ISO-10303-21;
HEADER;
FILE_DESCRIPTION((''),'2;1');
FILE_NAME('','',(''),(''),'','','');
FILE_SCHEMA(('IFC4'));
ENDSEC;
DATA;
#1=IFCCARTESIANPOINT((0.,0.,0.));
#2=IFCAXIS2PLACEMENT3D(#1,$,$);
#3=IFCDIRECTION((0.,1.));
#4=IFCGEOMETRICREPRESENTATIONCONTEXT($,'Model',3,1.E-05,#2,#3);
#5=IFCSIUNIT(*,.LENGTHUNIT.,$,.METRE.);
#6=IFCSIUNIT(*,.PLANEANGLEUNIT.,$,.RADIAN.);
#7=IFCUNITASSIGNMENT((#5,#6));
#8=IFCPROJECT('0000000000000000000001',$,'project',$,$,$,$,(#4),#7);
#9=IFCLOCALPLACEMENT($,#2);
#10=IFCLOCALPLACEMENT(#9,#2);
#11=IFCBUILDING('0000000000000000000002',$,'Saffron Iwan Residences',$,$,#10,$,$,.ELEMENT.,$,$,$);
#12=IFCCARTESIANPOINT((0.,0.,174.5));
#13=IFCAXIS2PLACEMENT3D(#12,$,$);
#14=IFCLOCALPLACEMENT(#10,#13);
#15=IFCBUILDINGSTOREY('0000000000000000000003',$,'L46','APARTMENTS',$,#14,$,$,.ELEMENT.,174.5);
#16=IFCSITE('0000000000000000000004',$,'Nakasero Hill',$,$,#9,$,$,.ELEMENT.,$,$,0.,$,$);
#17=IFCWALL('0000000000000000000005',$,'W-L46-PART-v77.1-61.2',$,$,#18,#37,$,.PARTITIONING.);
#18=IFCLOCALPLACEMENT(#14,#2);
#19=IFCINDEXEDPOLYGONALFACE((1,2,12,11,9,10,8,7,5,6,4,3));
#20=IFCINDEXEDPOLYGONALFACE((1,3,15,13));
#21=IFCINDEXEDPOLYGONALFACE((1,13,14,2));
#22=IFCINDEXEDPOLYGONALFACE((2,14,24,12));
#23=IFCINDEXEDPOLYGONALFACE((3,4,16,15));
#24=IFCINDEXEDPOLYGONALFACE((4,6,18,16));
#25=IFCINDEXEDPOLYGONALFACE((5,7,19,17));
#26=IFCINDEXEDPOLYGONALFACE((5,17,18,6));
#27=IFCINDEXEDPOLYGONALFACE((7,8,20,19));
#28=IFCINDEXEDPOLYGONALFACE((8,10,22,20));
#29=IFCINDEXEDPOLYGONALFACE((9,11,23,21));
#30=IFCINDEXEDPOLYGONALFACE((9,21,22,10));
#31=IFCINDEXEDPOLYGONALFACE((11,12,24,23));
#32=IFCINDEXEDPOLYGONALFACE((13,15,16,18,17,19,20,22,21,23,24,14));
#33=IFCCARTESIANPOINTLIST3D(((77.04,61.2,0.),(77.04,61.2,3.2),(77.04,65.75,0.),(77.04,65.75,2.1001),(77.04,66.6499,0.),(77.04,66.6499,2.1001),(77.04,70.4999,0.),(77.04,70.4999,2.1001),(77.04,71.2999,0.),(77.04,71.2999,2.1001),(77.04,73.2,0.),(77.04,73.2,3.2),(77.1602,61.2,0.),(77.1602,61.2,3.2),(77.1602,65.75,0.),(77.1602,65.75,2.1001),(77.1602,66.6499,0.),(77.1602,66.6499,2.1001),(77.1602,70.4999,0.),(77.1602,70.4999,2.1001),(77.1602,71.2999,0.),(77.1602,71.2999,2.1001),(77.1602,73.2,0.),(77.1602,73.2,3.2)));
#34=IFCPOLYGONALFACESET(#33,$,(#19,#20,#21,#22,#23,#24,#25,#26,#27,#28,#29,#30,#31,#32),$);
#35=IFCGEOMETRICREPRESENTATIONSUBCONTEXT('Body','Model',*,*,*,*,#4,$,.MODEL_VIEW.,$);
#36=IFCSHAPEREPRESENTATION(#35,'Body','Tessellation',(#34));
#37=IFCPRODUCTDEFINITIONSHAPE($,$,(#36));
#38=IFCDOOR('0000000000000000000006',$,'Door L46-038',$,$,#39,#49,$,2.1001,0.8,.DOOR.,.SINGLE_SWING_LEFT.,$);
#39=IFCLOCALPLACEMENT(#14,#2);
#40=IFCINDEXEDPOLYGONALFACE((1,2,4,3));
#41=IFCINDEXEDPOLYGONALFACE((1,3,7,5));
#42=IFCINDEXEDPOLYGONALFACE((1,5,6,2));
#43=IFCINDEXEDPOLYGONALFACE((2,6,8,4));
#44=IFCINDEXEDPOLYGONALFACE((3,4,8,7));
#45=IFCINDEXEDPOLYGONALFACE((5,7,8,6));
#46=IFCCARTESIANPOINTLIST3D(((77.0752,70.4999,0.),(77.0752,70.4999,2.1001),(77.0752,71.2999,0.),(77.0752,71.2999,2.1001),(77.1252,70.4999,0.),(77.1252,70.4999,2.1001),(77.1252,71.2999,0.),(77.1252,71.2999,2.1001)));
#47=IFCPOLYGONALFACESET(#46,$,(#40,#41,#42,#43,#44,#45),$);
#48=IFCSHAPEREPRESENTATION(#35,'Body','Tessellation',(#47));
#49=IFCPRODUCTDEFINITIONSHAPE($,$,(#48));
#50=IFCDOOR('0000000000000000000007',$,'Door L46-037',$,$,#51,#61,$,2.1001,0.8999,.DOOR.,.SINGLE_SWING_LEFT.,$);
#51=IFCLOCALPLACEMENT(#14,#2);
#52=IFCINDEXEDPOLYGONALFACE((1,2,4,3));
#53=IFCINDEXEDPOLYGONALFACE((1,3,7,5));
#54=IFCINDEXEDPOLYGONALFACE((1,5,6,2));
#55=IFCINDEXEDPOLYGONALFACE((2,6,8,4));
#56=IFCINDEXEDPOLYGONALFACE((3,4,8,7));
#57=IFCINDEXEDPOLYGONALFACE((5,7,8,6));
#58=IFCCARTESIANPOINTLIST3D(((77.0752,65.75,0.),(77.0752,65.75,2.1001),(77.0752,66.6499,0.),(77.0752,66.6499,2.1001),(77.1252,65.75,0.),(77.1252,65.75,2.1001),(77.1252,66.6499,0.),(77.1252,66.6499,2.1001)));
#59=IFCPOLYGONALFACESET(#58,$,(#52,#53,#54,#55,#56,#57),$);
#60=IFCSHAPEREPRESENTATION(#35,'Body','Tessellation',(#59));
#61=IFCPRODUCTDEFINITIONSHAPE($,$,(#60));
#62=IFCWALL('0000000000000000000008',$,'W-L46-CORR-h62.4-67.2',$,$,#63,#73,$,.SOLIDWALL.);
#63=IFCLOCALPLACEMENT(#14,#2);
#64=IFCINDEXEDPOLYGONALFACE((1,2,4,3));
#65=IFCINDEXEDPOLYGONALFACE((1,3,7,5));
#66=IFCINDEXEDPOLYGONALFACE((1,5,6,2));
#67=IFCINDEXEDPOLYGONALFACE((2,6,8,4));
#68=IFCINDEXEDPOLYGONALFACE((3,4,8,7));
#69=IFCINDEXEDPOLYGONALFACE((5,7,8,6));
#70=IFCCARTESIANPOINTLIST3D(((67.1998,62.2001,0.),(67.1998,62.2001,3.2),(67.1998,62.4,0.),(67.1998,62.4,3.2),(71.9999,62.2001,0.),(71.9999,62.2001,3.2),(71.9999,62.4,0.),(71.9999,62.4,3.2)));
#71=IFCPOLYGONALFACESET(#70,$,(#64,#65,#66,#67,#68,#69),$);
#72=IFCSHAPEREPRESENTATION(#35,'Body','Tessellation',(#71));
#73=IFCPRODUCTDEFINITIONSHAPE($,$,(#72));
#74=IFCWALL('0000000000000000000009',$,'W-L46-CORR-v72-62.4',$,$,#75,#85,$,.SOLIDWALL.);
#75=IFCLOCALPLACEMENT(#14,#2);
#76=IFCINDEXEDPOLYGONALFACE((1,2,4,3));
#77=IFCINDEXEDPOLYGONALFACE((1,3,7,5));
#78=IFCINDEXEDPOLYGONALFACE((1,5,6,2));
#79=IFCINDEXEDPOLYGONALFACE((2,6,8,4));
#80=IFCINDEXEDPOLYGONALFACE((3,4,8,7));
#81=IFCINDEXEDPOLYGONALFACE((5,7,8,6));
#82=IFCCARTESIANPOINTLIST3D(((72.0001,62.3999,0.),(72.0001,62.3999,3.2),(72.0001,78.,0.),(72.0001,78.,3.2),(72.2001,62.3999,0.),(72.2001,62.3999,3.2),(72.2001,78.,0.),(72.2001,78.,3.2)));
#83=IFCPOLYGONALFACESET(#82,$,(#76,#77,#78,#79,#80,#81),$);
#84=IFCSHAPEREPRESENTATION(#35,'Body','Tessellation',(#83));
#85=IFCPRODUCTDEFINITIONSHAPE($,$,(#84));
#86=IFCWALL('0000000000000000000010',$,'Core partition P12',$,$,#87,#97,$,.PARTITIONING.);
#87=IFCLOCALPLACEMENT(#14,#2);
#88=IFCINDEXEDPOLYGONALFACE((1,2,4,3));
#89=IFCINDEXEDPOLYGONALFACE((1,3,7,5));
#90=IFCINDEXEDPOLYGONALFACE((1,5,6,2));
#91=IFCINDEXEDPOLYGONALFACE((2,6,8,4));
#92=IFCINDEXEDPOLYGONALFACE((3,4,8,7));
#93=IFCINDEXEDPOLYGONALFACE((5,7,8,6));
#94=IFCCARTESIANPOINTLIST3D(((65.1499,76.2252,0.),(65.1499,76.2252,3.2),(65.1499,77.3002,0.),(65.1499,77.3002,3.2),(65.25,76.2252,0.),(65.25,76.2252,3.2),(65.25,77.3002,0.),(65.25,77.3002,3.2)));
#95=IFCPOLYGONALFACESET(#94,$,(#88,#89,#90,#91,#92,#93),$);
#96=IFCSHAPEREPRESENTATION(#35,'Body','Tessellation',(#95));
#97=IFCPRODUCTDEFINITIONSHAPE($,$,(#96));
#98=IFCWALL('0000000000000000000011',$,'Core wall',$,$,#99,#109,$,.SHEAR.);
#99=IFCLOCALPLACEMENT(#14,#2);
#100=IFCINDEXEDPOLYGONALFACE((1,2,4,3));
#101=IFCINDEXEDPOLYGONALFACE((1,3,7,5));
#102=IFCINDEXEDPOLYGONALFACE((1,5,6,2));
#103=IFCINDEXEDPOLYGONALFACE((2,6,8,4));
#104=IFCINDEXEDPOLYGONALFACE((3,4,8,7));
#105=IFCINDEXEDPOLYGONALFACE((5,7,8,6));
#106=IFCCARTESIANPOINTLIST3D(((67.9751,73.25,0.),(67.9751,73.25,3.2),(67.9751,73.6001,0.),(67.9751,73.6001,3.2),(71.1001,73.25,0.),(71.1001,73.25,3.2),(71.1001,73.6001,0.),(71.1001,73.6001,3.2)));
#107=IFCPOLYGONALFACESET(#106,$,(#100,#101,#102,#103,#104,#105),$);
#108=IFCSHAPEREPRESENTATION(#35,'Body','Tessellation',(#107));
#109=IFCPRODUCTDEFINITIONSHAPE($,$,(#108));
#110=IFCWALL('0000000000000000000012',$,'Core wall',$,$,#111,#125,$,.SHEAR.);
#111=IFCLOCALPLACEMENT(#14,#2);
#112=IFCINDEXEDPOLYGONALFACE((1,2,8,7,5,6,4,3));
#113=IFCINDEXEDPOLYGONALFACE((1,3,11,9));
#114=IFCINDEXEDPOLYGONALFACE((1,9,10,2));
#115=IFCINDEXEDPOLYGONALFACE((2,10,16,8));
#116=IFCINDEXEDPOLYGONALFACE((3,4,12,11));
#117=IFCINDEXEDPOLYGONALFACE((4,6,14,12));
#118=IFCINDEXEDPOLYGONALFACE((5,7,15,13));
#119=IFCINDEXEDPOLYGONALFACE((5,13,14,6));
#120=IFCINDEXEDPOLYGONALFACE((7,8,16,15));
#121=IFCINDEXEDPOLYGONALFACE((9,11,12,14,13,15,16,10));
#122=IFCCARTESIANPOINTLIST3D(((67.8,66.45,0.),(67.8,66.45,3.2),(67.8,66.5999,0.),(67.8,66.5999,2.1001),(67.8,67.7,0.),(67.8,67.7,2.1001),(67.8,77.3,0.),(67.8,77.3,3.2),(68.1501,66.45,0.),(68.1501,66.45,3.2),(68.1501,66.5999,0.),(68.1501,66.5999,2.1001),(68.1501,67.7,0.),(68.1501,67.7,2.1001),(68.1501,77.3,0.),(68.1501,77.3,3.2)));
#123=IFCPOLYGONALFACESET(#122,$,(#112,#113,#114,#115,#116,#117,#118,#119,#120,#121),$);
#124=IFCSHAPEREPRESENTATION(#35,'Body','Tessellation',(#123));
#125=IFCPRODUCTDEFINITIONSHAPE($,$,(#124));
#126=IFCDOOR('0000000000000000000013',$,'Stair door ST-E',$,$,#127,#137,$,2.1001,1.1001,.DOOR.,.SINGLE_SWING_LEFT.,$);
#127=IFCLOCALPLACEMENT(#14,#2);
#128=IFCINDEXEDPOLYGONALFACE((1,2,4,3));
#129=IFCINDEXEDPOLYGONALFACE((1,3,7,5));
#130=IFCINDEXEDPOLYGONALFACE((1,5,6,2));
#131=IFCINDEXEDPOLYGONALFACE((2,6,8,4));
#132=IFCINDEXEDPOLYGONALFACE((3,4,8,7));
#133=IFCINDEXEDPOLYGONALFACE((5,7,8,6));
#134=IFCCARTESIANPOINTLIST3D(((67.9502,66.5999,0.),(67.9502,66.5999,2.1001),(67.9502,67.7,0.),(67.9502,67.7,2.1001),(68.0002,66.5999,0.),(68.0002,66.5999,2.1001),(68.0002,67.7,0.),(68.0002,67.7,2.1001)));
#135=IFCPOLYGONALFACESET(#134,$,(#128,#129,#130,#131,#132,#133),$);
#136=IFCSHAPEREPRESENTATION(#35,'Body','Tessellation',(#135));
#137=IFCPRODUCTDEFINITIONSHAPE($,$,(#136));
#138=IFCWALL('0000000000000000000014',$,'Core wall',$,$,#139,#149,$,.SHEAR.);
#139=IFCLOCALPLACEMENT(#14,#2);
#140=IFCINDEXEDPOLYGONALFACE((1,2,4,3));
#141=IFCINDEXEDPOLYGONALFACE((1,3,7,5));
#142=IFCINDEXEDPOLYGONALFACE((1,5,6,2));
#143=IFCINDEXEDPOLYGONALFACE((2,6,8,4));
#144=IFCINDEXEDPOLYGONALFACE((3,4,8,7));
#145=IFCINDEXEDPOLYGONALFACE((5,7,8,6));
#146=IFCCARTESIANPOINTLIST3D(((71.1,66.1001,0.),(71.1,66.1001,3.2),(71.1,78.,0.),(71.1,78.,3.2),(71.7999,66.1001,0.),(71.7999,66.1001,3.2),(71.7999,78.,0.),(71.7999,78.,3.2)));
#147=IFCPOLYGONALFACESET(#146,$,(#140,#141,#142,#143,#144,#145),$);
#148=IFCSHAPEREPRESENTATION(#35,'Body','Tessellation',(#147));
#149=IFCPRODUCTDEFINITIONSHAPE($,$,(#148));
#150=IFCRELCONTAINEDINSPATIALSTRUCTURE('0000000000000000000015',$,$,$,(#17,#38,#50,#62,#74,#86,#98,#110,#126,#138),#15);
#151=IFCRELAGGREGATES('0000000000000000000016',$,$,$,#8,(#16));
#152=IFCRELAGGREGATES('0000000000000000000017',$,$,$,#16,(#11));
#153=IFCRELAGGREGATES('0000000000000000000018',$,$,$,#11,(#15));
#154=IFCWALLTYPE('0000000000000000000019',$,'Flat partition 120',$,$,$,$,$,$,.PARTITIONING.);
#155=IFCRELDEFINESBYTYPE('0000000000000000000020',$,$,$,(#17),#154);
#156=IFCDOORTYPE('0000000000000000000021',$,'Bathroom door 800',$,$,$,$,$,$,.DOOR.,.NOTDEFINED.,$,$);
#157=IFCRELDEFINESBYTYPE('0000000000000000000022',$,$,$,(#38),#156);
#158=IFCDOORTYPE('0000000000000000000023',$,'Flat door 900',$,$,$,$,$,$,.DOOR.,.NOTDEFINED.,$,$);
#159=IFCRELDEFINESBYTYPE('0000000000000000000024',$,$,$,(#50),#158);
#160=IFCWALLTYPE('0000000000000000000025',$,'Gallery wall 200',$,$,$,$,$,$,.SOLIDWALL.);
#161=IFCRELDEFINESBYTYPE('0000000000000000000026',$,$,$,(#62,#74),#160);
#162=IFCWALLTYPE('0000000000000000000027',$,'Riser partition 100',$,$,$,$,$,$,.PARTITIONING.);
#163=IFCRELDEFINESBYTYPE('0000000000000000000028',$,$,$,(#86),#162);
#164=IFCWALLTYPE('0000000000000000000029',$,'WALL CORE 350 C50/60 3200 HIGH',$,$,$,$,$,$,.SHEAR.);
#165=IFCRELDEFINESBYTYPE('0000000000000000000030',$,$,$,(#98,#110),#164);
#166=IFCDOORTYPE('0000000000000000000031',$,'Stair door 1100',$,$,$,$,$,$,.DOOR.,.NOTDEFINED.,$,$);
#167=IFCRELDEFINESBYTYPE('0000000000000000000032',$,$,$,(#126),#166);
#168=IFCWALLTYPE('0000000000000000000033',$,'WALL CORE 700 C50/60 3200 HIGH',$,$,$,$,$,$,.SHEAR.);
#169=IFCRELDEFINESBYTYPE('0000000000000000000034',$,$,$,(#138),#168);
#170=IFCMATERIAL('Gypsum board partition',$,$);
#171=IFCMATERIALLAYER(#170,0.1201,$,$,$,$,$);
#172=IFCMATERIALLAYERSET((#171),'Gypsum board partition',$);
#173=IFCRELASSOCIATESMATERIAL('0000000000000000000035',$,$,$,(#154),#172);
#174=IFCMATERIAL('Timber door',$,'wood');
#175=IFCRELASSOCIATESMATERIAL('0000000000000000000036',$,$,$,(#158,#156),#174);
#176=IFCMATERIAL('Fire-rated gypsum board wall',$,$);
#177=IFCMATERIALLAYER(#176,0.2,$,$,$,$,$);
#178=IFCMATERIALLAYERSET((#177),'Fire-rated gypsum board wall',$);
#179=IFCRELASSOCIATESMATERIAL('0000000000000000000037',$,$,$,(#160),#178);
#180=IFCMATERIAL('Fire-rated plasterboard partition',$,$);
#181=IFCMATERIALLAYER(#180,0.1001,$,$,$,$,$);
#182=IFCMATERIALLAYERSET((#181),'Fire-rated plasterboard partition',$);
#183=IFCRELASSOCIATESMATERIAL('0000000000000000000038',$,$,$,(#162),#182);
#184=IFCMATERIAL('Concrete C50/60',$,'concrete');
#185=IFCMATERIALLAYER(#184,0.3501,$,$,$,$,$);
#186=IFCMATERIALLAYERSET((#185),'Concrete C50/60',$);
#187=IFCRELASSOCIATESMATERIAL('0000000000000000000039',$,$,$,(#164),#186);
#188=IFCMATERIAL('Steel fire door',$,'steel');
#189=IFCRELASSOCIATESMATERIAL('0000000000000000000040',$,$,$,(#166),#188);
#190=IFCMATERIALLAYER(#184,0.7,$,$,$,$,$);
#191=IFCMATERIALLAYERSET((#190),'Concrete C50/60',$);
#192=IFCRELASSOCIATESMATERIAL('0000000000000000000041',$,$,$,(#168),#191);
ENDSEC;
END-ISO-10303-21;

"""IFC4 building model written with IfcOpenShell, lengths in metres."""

from ifc_helpers import new_model, si_unit, direction, frame, frame_2d, origin, place, context, subcontext, project, spatial, rectangle, extrude, material, layer, layer_set, type_object, element, fill, save


model = new_model("IFC4")

# Units and contexts
model_context = context("Model", 3, precision=1e-05, world=origin(), true_north=direction((0.0, 1.0)))
body_context = subcontext(model_context, "Body", "Model", "MODEL_VIEW")
ifc_project = project(units=[si_unit("LENGTHUNIT", "METRE"), si_unit("PLANEANGLEUNIT", "RADIAN")], contexts=[model_context])

# Site, building, storey
site_placement = place(None, origin())
site = spatial("IfcSite", under=ifc_project, at=site_placement, Name="Nakasero Hill", CompositionType="ELEMENT", RefElevation=0.0)
building_placement = place(site_placement, origin())
building = spatial("IfcBuilding", under=site, at=building_placement, Name="Saffron Iwan Residences", CompositionType="ELEMENT")
storey_placement = place(building_placement, frame((0.0, 0.0, 174.5)))
storey = spatial("IfcBuildingStorey", under=building, at=storey_placement, Name="L46", Description="APARTMENTS", CompositionType="ELEMENT", Elevation=174.5)

# Shared definitions
ifc_material_1 = material(Name="Concrete C50/60", Category="concrete")

# Shared definitions
ifc_material_2 = material(Name="Fire-rated gypsum board wall")

# Shared definitions
ifc_material_3 = material(Name="Gypsum board partition")
ifc_layer_1 = layer(ifc_material_3, 0.1201)
ifc_layer_set_1 = layer_set([ifc_layer_1], Name="Gypsum board partition")
wall_type_1 = type_object("IfcWallType", Name="Flat partition 120", PredefinedType="PARTITIONING", material=ifc_layer_set_1)
ifc_material_4 = material(Name="Timber door", Category="wood")
door_type_1 = type_object("IfcDoorType", Name="Flat door 900", OperationType="NOTDEFINED", PredefinedType="DOOR", material=ifc_material_4)

# Wall, openings, doors
wall_1_placement = place(storey_placement, frame((77.1001, 61.2, 0.0), z_axis=(0.0, 0.0, 1.0), x_axis=(0.0, 1.0, 0.0)))
wall_1 = element("IfcWall", 1, at=wall_1_placement, inside=storey, type_object=wall_type_1, Name="W-L46-PART-v77.1-61.2", PredefinedType="PARTITIONING", context=body_context, shape_type="SweptSolid", body=[
    extrude(rectangle(XDim=12.0, YDim=0.1201, at=frame_2d((6.0, 0.0))), origin(), (0.0, 0.0, 1.0), 3.2),
])
opening_1_placement = place(wall_1_placement, frame((4.55, 0.0, 0.0)))
opening_1 = element("IfcOpeningElement", 2, at=opening_1_placement, cuts=wall_1, PredefinedType="OPENING", context=body_context, shape_type="SweptSolid", body=[
    extrude(rectangle(XDim=0.8999, YDim=2.1001, at=frame_2d((0.45, 1.05))), frame((0.0, 0.0701, 0.0), z_axis=(0.0, -1.0, 0.0), x_axis=(1.0, 0.0, 0.0)), (0.0, 0.0, 1.0), 0.1401),
])
opening_2_placement = place(wall_1_placement, frame((9.3, 0.0, 0.0)))
opening_2 = element("IfcOpeningElement", 3, at=opening_2_placement, cuts=wall_1, PredefinedType="OPENING", context=body_context, shape_type="SweptSolid", body=[
    extrude(rectangle(XDim=0.8, YDim=2.1001, at=frame_2d((0.3999, 1.05))), frame((0.0, 0.0701, 0.0), z_axis=(0.0, -1.0, 0.0), x_axis=(1.0, 0.0, 0.0)), (0.0, 0.0, 1.0), 0.1401),
])
door_type_2 = type_object("IfcDoorType", Name="Bathroom door 800", OperationType="NOTDEFINED", PredefinedType="DOOR", material=ifc_material_4)
door_1_placement = place(opening_2_placement, origin())
door_1 = element("IfcDoor", 4, at=door_1_placement, inside=storey, type_object=door_type_2, Name="Door L46-038", OperationType="SINGLE_SWING_LEFT", OverallHeight=2.1001, OverallWidth=0.8, PredefinedType="DOOR", context=body_context, shape_type="SweptSolid", body=[
    extrude(rectangle(XDim=0.8, YDim=2.1001, at=frame_2d((0.3999, 1.05))), frame((0.0, 0.0249, 0.0), z_axis=(0.0, -1.0, 0.0), x_axis=(1.0, 0.0, 0.0)), (0.0, 0.0, 1.0), 0.05),
])
fill(opening_2, door_1)
door_2_placement = place(opening_1_placement, origin())
door_2 = element("IfcDoor", 5, at=door_2_placement, inside=storey, type_object=door_type_1, Name="Door L46-037", OperationType="SINGLE_SWING_LEFT", OverallHeight=2.1001, OverallWidth=0.8999, PredefinedType="DOOR", context=body_context, shape_type="SweptSolid", body=[
    extrude(rectangle(XDim=0.8999, YDim=2.1001, at=frame_2d((0.45, 1.05))), frame((0.0, 0.0249, 0.0), z_axis=(0.0, -1.0, 0.0), x_axis=(1.0, 0.0, 0.0)), (0.0, 0.0, 1.0), 0.05),
])
fill(opening_1, door_2)

# Walls
ifc_layer_2 = layer(ifc_material_2, 0.2)
ifc_layer_set_2 = layer_set([ifc_layer_2], Name="Fire-rated gypsum board wall")
wall_type_2 = type_object("IfcWallType", Name="Gallery wall 200", PredefinedType="SOLIDWALL", material=ifc_layer_set_2)
wall_2_placement = place(storey_placement, frame((67.2, 62.3, 0.0), z_axis=(0.0, 0.0, 1.0), x_axis=(1.0, 0.0, 0.0)))
element("IfcWall", 6, at=wall_2_placement, inside=storey, type_object=wall_type_2, Name="W-L46-CORR-h62.4-67.2", PredefinedType="SOLIDWALL", context=body_context, shape_type="SweptSolid", body=[
    extrude(rectangle(XDim=4.8, YDim=0.2, at=frame_2d((2.3999, 0.0))), origin(), (0.0, 0.0, 1.0), 3.2),
])
wall_3_placement = place(storey_placement, frame((72.1001, 62.3999, 0.0), z_axis=(0.0, 0.0, 1.0), x_axis=(0.0, 1.0, 0.0)))
element("IfcWall", 7, at=wall_3_placement, inside=storey, type_object=wall_type_2, Name="W-L46-CORR-v72-62.4", PredefinedType="SOLIDWALL", context=body_context, shape_type="SweptSolid", body=[
    extrude(rectangle(XDim=15.6001, YDim=0.2, at=frame_2d((7.8, 0.0))), origin(), (0.0, 0.0, 1.0), 3.2),
])
ifc_material_5 = material(Name="Fire-rated plasterboard partition")
ifc_layer_3 = layer(ifc_material_5, 0.1001)
ifc_layer_set_3 = layer_set([ifc_layer_3], Name="Fire-rated plasterboard partition")
wall_type_3 = type_object("IfcWallType", Name="Riser partition 100", PredefinedType="PARTITIONING", material=ifc_layer_set_3)
wall_4_placement = place(storey_placement, frame((65.2, 76.2251, 0.0), z_axis=(0.0, 0.0, 1.0), x_axis=(0.0, 1.0, 0.0)))
element("IfcWall", 8, at=wall_4_placement, inside=storey, type_object=wall_type_3, Name="Core partition P12", PredefinedType="PARTITIONING", context=body_context, shape_type="SweptSolid", body=[
    extrude(rectangle(XDim=1.075, YDim=0.1001, at=frame_2d((0.5376, 0.0))), origin(), (0.0, 0.0, 1.0), 3.2),
])
ifc_layer_4 = layer(ifc_material_1, 0.3501)
ifc_layer_set_4 = layer_set([ifc_layer_4], Name="Concrete C50/60")
wall_type_4 = type_object("IfcWallType", Name="WALL CORE 350 C50/60 3200 HIGH", PredefinedType="SHEAR", material=ifc_layer_set_4)
wall_5_placement = place(storey_placement, frame((67.9751, 73.425, 0.0), z_axis=(0.0, 0.0, 1.0), x_axis=(1.0, 0.0, 0.0)))
element("IfcWall", 9, at=wall_5_placement, inside=storey, type_object=wall_type_4, Name="Core wall", PredefinedType="SHEAR", context=body_context, shape_type="SweptSolid", body=[
    extrude(rectangle(XDim=3.125, YDim=0.3501, at=frame_2d((1.5625, 0.0))), origin(), (0.0, 0.0, 1.0), 3.2),
])

# Wall, opening, door
wall_6_placement = place(storey_placement, frame((67.9751, 66.45, 0.0), z_axis=(0.0, 0.0, 1.0), x_axis=(0.0, 1.0, 0.0)))
wall_6 = element("IfcWall", 10, at=wall_6_placement, inside=storey, type_object=wall_type_4, Name="Core wall", PredefinedType="SHEAR", context=body_context, shape_type="SweptSolid", body=[
    extrude(rectangle(XDim=10.8501, YDim=0.3501, at=frame_2d((5.425, 0.0))), origin(), (0.0, 0.0, 1.0), 3.2),
])
opening_3_placement = place(wall_6_placement, frame((0.1499, 0.0, 0.0)))
opening_3 = element("IfcOpeningElement", 11, at=opening_3_placement, cuts=wall_6, PredefinedType="OPENING", context=body_context, shape_type="SweptSolid", body=[
    extrude(rectangle(XDim=1.1001, YDim=2.1001, at=frame_2d((0.55, 1.05))), frame((0.0, 0.1851, 0.0), z_axis=(0.0, -1.0, 0.0), x_axis=(1.0, 0.0, 0.0)), (0.0, 0.0, 1.0), 0.3701),
])
ifc_material_6 = material(Name="Steel fire door", Category="steel")
door_type_3 = type_object("IfcDoorType", Name="Stair door 1100", OperationType="NOTDEFINED", PredefinedType="DOOR", material=ifc_material_6)
door_3_placement = place(opening_3_placement, origin())
door_3 = element("IfcDoor", 12, at=door_3_placement, inside=storey, type_object=door_type_3, Name="Stair door ST-E", OperationType="SINGLE_SWING_LEFT", OverallHeight=2.1001, OverallWidth=1.1001, PredefinedType="DOOR", context=body_context, shape_type="SweptSolid", body=[
    extrude(rectangle(XDim=1.1001, YDim=2.1001, at=frame_2d((0.55, 1.05))), frame((0.0, 0.0249, 0.0), z_axis=(0.0, -1.0, 0.0), x_axis=(1.0, 0.0, 0.0)), (0.0, 0.0, 1.0), 0.05),
])
fill(opening_3, door_3)

# Wall
ifc_layer_5 = layer(ifc_material_1, 0.7)
ifc_layer_set_5 = layer_set([ifc_layer_5], Name="Concrete C50/60")
wall_type_5 = type_object("IfcWallType", Name="WALL CORE 700 C50/60 3200 HIGH", PredefinedType="SHEAR", material=ifc_layer_set_5)
wall_7_placement = place(storey_placement, frame((71.45, 66.1001, 0.0), z_axis=(0.0, 0.0, 1.0), x_axis=(0.0, 1.0, 0.0)))
element("IfcWall", 13, at=wall_7_placement, inside=storey, type_object=wall_type_5, Name="Core wall", PredefinedType="SHEAR", context=body_context, shape_type="SweptSolid", body=[
    extrude(rectangle(XDim=11.8999, YDim=0.7, at=frame_2d((5.95, 0.0))), origin(), (0.0, 0.0, 1.0), 3.2),
])

save(model, "model.ifc")
